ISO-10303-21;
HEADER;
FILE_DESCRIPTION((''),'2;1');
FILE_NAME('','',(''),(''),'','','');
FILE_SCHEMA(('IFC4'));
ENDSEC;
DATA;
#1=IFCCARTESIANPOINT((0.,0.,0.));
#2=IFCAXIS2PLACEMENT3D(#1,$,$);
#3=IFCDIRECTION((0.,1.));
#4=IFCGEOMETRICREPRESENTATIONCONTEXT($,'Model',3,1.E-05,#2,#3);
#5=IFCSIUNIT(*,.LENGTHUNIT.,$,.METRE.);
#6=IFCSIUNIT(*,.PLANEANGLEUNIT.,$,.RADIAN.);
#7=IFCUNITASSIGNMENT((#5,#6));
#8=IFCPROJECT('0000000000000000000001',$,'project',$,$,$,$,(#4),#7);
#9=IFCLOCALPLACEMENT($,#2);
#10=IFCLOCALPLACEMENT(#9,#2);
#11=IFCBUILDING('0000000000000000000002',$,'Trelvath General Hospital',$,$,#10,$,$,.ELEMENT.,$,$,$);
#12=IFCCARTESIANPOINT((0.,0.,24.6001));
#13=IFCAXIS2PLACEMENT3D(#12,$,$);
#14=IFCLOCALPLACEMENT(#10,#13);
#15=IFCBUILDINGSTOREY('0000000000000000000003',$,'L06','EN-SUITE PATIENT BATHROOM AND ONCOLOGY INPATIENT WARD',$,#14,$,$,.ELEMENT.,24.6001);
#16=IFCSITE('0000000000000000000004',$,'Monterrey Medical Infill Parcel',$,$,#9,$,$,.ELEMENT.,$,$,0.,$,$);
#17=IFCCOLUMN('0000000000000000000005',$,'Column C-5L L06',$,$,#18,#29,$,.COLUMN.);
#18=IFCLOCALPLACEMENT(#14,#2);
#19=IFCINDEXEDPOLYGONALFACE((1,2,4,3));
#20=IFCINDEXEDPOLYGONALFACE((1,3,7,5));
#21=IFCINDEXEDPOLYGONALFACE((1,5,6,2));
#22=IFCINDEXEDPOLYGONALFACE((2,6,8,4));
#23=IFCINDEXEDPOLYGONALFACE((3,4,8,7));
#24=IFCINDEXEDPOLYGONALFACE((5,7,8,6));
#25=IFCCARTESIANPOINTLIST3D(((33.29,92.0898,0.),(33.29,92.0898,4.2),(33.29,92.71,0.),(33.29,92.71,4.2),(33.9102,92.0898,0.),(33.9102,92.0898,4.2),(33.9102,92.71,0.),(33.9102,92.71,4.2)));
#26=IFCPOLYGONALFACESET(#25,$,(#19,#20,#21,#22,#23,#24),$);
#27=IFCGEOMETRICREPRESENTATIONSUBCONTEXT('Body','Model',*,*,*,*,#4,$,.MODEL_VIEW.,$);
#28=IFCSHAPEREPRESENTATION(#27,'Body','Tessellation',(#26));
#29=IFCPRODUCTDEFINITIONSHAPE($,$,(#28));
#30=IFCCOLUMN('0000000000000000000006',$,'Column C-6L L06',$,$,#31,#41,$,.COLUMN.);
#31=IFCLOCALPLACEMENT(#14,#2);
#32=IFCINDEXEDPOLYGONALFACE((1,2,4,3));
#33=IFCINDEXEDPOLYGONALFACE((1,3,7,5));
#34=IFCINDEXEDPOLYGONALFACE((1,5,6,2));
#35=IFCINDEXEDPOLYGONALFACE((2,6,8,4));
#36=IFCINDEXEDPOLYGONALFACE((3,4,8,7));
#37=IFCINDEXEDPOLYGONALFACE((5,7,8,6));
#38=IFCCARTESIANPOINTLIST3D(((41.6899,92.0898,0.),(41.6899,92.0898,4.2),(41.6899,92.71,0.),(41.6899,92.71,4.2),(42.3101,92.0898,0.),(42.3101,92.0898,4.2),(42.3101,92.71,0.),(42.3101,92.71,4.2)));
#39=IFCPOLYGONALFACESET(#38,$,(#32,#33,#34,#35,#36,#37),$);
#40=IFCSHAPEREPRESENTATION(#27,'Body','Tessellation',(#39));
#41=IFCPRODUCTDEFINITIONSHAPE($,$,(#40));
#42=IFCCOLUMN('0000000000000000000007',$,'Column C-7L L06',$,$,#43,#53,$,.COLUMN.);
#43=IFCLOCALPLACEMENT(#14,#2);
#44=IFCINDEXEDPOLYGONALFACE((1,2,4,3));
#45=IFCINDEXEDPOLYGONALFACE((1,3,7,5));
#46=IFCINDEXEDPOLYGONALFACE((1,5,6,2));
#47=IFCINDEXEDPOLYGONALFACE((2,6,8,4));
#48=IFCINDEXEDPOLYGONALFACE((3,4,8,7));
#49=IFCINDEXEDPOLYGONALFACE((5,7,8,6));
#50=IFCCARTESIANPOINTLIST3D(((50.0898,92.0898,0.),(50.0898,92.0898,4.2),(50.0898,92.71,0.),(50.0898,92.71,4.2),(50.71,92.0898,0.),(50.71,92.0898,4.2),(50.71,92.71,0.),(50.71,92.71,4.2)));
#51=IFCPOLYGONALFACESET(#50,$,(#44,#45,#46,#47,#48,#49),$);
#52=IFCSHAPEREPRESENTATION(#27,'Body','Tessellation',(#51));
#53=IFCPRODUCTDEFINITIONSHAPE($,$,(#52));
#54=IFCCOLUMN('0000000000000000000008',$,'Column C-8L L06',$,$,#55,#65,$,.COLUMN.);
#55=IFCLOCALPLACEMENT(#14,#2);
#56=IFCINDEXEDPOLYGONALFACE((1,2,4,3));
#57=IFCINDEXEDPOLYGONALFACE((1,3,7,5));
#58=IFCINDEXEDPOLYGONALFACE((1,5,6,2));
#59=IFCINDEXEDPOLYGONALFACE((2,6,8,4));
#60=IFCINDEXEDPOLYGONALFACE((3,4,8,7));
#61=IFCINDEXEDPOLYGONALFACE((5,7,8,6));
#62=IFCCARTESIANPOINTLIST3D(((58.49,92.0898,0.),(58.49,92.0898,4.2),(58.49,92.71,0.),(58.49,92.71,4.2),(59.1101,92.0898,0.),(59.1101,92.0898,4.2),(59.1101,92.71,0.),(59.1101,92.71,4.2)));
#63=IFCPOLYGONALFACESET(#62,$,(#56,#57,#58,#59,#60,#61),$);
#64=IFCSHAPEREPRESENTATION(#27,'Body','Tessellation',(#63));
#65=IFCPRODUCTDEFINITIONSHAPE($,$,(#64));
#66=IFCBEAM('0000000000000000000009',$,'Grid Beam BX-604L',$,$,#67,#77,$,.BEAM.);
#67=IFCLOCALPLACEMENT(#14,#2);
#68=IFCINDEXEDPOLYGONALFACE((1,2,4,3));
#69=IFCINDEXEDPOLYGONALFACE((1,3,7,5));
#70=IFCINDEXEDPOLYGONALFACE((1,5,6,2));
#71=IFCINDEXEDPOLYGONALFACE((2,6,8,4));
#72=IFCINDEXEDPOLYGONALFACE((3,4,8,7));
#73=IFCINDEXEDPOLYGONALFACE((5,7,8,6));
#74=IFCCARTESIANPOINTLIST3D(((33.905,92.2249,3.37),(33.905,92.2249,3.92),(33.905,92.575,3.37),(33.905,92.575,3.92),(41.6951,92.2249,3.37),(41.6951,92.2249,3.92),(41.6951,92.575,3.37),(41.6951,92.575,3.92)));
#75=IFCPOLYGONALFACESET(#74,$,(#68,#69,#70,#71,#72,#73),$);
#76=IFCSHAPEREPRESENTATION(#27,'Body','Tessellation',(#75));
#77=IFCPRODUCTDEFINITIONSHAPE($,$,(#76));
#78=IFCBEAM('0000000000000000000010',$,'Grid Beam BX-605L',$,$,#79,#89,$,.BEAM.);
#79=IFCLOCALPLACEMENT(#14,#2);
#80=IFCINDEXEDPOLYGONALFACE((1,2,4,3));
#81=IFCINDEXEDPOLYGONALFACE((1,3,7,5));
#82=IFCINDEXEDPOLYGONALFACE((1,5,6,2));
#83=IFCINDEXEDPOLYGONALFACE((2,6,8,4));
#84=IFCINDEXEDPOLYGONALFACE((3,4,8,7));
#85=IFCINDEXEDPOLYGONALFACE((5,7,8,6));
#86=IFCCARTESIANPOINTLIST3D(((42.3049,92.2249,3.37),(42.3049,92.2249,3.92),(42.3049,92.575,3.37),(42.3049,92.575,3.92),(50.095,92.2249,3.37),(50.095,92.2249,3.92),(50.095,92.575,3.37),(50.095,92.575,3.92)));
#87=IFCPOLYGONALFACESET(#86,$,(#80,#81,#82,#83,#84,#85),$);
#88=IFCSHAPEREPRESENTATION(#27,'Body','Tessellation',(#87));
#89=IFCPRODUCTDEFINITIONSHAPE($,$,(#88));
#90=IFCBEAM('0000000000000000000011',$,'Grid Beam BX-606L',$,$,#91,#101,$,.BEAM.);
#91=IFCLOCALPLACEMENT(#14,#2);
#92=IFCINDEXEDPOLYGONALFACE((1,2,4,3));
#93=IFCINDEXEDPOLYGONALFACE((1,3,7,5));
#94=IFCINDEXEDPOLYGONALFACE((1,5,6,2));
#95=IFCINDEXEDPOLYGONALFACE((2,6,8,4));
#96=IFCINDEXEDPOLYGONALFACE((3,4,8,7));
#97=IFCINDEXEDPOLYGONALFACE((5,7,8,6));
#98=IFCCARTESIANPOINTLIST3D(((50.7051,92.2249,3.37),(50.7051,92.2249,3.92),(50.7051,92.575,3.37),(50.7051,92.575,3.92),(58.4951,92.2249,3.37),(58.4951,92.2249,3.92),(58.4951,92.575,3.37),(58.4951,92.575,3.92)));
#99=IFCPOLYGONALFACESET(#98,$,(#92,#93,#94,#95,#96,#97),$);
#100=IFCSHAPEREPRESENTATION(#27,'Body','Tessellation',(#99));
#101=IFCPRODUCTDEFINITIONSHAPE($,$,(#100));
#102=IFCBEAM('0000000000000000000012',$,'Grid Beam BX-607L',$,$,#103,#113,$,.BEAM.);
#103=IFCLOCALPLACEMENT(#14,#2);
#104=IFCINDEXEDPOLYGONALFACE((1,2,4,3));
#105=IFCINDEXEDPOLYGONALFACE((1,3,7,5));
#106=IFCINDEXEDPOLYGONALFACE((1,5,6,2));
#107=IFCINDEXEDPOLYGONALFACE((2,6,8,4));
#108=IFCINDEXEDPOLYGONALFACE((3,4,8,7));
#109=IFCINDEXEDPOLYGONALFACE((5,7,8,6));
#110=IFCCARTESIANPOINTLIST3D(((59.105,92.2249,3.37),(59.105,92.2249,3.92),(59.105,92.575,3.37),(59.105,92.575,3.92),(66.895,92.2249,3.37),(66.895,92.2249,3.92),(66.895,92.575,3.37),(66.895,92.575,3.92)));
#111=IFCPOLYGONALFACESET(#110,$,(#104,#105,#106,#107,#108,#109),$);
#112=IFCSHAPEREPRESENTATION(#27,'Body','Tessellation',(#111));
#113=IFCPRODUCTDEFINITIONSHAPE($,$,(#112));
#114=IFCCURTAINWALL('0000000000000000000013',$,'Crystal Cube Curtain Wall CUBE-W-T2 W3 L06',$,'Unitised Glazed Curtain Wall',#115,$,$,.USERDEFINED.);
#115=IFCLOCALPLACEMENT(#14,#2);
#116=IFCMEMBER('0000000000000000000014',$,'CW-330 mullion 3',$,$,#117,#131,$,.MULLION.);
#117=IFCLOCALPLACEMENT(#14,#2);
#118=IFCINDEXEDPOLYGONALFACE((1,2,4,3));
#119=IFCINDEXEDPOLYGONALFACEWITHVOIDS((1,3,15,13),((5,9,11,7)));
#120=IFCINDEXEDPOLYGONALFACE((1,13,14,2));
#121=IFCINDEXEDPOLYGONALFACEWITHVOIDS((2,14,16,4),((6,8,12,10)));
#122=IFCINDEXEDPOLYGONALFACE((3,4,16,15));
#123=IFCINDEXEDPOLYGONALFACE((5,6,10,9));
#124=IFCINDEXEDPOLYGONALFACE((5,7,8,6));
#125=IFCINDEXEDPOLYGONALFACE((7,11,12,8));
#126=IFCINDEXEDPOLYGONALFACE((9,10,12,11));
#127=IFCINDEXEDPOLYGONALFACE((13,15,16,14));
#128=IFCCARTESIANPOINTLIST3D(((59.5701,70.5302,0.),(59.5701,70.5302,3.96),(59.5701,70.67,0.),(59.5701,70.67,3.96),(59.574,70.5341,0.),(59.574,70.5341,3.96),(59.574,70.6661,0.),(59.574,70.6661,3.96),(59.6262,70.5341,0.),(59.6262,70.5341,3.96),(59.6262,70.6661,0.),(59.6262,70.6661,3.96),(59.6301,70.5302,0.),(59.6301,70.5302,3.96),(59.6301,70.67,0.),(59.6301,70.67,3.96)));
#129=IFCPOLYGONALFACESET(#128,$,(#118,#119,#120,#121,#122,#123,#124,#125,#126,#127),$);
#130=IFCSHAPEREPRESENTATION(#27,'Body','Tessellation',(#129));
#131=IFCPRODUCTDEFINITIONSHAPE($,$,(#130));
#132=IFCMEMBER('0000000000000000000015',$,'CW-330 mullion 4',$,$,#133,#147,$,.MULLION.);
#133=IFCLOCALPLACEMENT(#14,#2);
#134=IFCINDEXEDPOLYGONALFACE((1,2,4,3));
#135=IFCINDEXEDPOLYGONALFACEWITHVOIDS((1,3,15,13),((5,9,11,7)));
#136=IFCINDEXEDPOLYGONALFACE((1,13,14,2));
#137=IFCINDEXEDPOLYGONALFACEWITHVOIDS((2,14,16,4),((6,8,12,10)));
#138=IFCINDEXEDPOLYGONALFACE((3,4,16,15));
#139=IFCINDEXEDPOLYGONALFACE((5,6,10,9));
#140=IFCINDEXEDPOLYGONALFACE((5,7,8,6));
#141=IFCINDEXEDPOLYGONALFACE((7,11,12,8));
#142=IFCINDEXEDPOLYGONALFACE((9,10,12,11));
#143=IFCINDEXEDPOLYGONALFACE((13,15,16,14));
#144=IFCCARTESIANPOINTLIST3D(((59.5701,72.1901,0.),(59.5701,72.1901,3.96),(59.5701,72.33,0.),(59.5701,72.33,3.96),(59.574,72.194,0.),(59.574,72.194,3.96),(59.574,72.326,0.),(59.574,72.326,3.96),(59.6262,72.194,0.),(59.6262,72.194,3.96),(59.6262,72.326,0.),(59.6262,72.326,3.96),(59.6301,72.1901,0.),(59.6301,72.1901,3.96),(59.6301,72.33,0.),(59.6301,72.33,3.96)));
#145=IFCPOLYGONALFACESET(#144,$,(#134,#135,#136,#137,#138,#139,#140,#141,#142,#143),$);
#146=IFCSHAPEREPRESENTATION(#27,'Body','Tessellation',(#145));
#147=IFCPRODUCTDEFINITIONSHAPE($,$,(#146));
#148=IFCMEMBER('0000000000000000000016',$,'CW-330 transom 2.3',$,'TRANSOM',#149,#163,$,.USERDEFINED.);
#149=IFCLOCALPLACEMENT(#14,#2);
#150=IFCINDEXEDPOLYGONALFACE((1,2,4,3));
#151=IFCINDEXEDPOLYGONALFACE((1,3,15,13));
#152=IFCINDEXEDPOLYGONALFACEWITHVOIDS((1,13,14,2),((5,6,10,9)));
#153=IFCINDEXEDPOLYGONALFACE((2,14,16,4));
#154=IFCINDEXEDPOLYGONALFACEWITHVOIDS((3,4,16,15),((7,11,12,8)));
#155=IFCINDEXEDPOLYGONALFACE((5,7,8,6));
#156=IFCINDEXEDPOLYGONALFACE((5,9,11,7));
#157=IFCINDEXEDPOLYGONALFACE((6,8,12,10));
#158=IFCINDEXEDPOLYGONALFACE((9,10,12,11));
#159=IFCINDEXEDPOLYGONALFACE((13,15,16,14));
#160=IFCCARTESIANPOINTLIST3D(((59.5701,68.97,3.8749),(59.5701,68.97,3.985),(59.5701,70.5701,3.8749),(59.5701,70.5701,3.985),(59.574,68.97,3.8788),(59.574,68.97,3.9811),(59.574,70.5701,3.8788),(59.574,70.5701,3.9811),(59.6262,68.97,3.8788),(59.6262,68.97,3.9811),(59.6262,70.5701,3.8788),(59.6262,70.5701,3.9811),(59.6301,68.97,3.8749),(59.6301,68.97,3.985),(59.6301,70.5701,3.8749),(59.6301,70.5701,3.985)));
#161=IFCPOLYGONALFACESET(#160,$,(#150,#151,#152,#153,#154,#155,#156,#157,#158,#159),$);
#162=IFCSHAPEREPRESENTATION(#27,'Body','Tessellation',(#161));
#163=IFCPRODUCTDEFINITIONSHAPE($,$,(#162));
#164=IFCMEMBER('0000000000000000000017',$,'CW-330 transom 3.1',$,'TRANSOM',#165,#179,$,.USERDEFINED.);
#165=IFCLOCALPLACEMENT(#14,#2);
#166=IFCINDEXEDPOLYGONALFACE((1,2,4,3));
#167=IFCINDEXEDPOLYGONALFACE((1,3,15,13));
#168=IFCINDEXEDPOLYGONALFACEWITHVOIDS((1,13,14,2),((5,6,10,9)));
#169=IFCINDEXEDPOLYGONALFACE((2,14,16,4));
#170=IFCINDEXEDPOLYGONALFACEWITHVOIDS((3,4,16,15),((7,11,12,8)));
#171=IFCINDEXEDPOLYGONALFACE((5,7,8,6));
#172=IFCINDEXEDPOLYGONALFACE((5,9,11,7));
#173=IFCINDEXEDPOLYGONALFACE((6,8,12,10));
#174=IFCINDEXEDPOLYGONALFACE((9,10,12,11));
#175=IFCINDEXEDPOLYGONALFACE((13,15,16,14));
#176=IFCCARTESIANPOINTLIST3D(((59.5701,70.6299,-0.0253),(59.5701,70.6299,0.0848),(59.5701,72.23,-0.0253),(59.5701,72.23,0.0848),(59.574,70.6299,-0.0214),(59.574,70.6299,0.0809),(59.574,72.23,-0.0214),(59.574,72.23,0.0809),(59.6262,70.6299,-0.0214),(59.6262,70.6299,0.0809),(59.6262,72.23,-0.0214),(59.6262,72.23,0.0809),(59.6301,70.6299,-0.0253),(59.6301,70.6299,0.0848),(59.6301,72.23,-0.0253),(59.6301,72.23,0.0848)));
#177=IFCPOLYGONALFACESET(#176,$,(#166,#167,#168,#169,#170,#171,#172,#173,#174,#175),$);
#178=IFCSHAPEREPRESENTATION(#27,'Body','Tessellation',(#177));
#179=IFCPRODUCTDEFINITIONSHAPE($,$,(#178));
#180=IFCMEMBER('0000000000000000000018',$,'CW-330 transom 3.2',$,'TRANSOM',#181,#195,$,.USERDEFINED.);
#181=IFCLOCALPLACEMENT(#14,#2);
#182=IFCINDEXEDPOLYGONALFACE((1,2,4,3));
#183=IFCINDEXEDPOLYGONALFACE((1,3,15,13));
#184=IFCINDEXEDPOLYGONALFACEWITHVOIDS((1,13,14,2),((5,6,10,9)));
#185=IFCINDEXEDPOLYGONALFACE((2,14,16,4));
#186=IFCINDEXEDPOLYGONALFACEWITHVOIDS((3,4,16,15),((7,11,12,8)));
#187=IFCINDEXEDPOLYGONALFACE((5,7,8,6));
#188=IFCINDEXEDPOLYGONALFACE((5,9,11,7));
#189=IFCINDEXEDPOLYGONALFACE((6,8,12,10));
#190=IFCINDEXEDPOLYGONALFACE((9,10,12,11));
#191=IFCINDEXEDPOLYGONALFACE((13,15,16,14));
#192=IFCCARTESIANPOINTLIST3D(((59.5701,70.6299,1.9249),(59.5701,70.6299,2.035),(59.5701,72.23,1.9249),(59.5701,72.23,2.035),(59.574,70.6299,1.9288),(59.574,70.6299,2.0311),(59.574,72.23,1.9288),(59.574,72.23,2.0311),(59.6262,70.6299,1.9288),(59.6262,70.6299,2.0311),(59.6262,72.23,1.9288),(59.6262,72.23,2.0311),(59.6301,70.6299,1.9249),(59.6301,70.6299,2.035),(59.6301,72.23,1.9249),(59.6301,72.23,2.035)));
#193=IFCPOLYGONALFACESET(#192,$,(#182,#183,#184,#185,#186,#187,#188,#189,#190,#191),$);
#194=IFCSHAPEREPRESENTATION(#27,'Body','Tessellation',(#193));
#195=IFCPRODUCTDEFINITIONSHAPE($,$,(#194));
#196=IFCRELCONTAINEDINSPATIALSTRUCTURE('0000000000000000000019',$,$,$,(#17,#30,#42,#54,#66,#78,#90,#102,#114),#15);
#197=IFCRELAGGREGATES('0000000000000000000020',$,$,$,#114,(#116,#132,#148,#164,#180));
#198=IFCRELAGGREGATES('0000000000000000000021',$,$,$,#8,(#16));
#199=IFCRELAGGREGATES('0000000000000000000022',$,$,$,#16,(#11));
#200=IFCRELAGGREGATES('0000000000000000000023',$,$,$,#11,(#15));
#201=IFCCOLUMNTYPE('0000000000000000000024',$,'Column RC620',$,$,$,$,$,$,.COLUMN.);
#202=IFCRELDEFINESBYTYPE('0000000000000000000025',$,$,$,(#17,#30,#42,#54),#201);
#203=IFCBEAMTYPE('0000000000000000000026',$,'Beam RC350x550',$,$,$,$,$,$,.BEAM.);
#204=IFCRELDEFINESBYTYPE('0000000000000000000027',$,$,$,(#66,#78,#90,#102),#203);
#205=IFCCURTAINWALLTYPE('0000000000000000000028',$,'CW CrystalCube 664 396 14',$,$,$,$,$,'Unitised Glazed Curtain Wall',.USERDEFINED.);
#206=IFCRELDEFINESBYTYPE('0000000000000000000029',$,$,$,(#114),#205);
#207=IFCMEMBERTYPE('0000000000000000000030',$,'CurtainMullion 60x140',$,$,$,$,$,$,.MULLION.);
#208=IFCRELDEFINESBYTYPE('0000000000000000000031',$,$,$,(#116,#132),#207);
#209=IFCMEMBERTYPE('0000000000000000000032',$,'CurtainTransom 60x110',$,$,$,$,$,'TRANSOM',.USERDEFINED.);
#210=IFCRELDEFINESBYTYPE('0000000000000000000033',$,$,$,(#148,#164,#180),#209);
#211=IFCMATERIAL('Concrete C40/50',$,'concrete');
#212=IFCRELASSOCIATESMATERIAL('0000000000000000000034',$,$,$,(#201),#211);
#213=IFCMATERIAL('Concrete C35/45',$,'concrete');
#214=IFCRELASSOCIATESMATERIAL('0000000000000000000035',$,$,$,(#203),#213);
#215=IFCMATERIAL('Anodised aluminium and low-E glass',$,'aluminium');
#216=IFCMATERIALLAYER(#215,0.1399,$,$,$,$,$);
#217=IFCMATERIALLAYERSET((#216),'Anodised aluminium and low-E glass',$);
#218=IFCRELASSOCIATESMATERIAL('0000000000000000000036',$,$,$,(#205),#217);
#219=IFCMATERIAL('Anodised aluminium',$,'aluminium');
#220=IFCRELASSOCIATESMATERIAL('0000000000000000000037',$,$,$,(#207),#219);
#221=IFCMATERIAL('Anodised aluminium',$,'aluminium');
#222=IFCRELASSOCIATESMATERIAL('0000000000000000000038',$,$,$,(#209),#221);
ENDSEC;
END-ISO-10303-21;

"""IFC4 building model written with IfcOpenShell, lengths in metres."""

from ifc_helpers import new_model, si_unit, direction, frame, origin, origin_2d, place, context, subcontext, project, spatial, rectangle, hollow_rectangle, extrude, material, layer, layer_set, material_profile, profile_set, type_object, element, aggregate, save


model = new_model("IFC4")

# Units and contexts
model_context = context("Model", 3, precision=1e-05, world=origin(), true_north=direction((0.0, 1.0)))
body_context = subcontext(model_context, "Body", "Model", "MODEL_VIEW")
ifc_project = project(units=[si_unit("LENGTHUNIT", "METRE"), si_unit("PLANEANGLEUNIT", "RADIAN")], contexts=[model_context])

# Site, building, storey
site_placement = place(None, origin())
site = spatial("IfcSite", under=ifc_project, at=site_placement, Name="Monterrey Medical Infill Parcel", CompositionType="ELEMENT", RefElevation=0.0)
building_placement = place(site_placement, origin())
building = spatial("IfcBuilding", under=site, at=building_placement, Name="Trelvath General Hospital", CompositionType="ELEMENT")
storey_placement = place(building_placement, frame((0.0, 0.0, 24.6001)))
storey = spatial("IfcBuildingStorey", under=building, at=storey_placement, Name="L06", Description="EN-SUITE PATIENT BATHROOM AND ONCOLOGY INPATIENT WARD", CompositionType="ELEMENT", Elevation=24.6001)

# Columns
ifc_material_1 = material(Name="Concrete C40/50", Category="concrete")
ifc_material_profile_1 = material_profile(ifc_material_1, rectangle(XDim=0.6201, YDim=0.6201, at=origin_2d()), Name="RC620x620")
ifc_profile_set_1 = profile_set([ifc_material_profile_1], Name="Concrete C40/50")
column_type = type_object("IfcColumnType", Name="Column RC620", PredefinedType="COLUMN", material=ifc_profile_set_1)
for number, where, z_axis, x_axis, name in (
    (1, (33.6001, 92.3999, 0.0), (0.0, 0.0, 1.0), (1.0, 0.0, 0.0), "Column C-5L L06"),
    (2, (42.0, 92.3999, 0.0), (0.0, 0.0, 1.0), (1.0, 0.0, 0.0), "Column C-6L L06"),
    (3, (50.3999, 92.3999, 0.0), (0.0, 0.0, 1.0), (1.0, 0.0, 0.0), "Column C-7L L06"),
    (4, (58.8, 92.3999, 0.0), (0.0, 0.0, 1.0), (1.0, 0.0, 0.0), "Column C-8L L06"),
):
    element("IfcColumn", number, at=place(storey_placement, frame(where, z_axis=z_axis, x_axis=x_axis)), inside=storey, type_object=column_type, Name=name, PredefinedType="COLUMN", context=body_context, shape_type="SweptSolid", body=[
        extrude(rectangle(XDim=0.6201, YDim=0.6201, at=origin_2d()), origin(), (0.0, 0.0, 1.0), 4.2),
    ])

# Beams
ifc_material_2 = material(Name="Concrete C35/45", Category="concrete")
ifc_material_profile_2 = material_profile(ifc_material_2, rectangle(XDim=0.3501, YDim=0.55, at=origin_2d()), Name="RCB350x550")
ifc_profile_set_2 = profile_set([ifc_material_profile_2], Name="Concrete C35/45")
beam_type_1 = type_object("IfcBeamType", Name="Beam RC350x550", PredefinedType="BEAM", material=ifc_profile_set_2)
for number, where, z_axis, x_axis, name in (
    (5, (33.905, 92.3999, 3.645), (1.0, 0.0, 0.0), (0.0, 1.0, 0.0), "Grid Beam BX-604L"),
    (6, (42.3049, 92.3999, 3.645), (1.0, 0.0, 0.0), (0.0, 1.0, 0.0), "Grid Beam BX-605L"),
    (7, (50.7051, 92.3999, 3.645), (1.0, 0.0, 0.0), (0.0, 1.0, 0.0), "Grid Beam BX-606L"),
    (8, (59.105, 92.3999, 3.645), (1.0, 0.0, 0.0), (0.0, 1.0, 0.0), "Grid Beam BX-607L"),
):
    element("IfcBeam", number, at=place(storey_placement, frame(where, z_axis=z_axis, x_axis=x_axis)), inside=storey, type_object=beam_type_1, Name=name, PredefinedType="BEAM", context=body_context, shape_type="SweptSolid", body=[
        extrude(rectangle(XDim=0.3501, YDim=0.55, at=origin_2d()), origin(), (0.0, 0.0, 1.0), 7.79),
    ])

# Curtain wall, members
ifc_material_3 = material(Name="Anodised aluminium and low-E glass", Category="aluminium")
ifc_layer_1 = layer(ifc_material_3, 0.1399)
ifc_layer_set_1 = layer_set([ifc_layer_1], Name="Anodised aluminium and low-E glass")
curtain_wall_type = type_object("IfcCurtainWallType", Name="CW CrystalCube 664 396 14", ElementType="Unitised Glazed Curtain Wall", PredefinedType="USERDEFINED", material=ifc_layer_set_1)
curtain_wall_placement = place(storey_placement, origin())
curtain_wall = element("IfcCurtainWall", 9, at=curtain_wall_placement, inside=storey, type_object=curtain_wall_type, Name="Crystal Cube Curtain Wall CUBE-W-T2 W3 L06", ObjectType="Unitised Glazed Curtain Wall", PredefinedType="USERDEFINED")
ifc_material_4 = material(Name="Anodised aluminium", Category="aluminium")
ifc_material_profile_3 = material_profile(ifc_material_4, hollow_rectangle(XDim=0.0601, YDim=0.1399, WallThickness=0.0039, at=origin_2d()), Name="RHS60x140x4")
ifc_profile_set_3 = profile_set([ifc_material_profile_3], Name="Anodised aluminium")
member_type_1 = type_object("IfcMemberType", Name="CurtainMullion 60x140", PredefinedType="MULLION", material=ifc_profile_set_3)
member_1_placement = place(storey_placement, frame((59.6001, 70.6001, 0.0), z_axis=(0.0, 0.0, 1.0), x_axis=(-1.0, 0.0, 0.0)))
member_1 = element("IfcMember", 10, at=member_1_placement, type_object=member_type_1, Name="CW-330 mullion 3", PredefinedType="MULLION", context=body_context, shape_type="SweptSolid", body=[
    extrude(hollow_rectangle(XDim=0.0601, YDim=0.1399, WallThickness=0.0039, at=origin_2d()), origin(), (0.0, 0.0, 1.0), 3.96),
])
member_2_placement = place(storey_placement, frame((59.6001, 72.26, 0.0), z_axis=(0.0, 0.0, 1.0), x_axis=(-1.0, 0.0, 0.0)))
member_2 = element("IfcMember", 11, at=member_2_placement, type_object=member_type_1, Name="CW-330 mullion 4", PredefinedType="MULLION", context=body_context, shape_type="SweptSolid", body=[
    extrude(hollow_rectangle(XDim=0.0601, YDim=0.1399, WallThickness=0.0039, at=origin_2d()), origin(), (0.0, 0.0, 1.0), 3.96),
])
ifc_material_5 = material(Name="Anodised aluminium", Category="aluminium")
ifc_material_profile_4 = material_profile(ifc_material_5, hollow_rectangle(XDim=0.0601, YDim=0.1101, WallThickness=0.0039, at=origin_2d()), Name="RHS60x110x4")
ifc_profile_set_4 = profile_set([ifc_material_profile_4], Name="Anodised aluminium")
member_type_2 = type_object("IfcMemberType", Name="CurtainTransom 60x110", ElementType="TRANSOM", PredefinedType="USERDEFINED", material=ifc_profile_set_4)
member_3_placement = place(storey_placement, frame((59.6001, 68.97, 3.9299), z_axis=(0.0, 1.0, 0.0), x_axis=(-1.0, 0.0, 0.0)))
member_3 = element("IfcMember", 12, at=member_3_placement, type_object=member_type_2, Name="CW-330 transom 2.3", ObjectType="TRANSOM", PredefinedType="USERDEFINED", context=body_context, shape_type="SweptSolid", body=[
    extrude(hollow_rectangle(XDim=0.0601, YDim=0.1101, WallThickness=0.0039, at=origin_2d()), origin(), (0.0, 0.0, 1.0), 1.6001),
])
member_4_placement = place(storey_placement, frame((59.6001, 70.6299, 0.0298), z_axis=(0.0, 1.0, 0.0), x_axis=(-1.0, 0.0, 0.0)))
member_4 = element("IfcMember", 13, at=member_4_placement, type_object=member_type_2, Name="CW-330 transom 3.1", ObjectType="TRANSOM", PredefinedType="USERDEFINED", context=body_context, shape_type="SweptSolid", body=[
    extrude(hollow_rectangle(XDim=0.0601, YDim=0.1101, WallThickness=0.0039, at=origin_2d()), origin(), (0.0, 0.0, 1.0), 1.6001),
])
member_5_placement = place(storey_placement, frame((59.6001, 70.6299, 1.98), z_axis=(0.0, 1.0, 0.0), x_axis=(-1.0, 0.0, 0.0)))
member_5 = element("IfcMember", 14, at=member_5_placement, type_object=member_type_2, Name="CW-330 transom 3.2", ObjectType="TRANSOM", PredefinedType="USERDEFINED", context=body_context, shape_type="SweptSolid", body=[
    extrude(hollow_rectangle(XDim=0.0601, YDim=0.1101, WallThickness=0.0039, at=origin_2d()), origin(), (0.0, 0.0, 1.0), 1.6001),
])

aggregate(curtain_wall, [member_1, member_2, member_3, member_4, member_5])

save(model, "model.ifc")
